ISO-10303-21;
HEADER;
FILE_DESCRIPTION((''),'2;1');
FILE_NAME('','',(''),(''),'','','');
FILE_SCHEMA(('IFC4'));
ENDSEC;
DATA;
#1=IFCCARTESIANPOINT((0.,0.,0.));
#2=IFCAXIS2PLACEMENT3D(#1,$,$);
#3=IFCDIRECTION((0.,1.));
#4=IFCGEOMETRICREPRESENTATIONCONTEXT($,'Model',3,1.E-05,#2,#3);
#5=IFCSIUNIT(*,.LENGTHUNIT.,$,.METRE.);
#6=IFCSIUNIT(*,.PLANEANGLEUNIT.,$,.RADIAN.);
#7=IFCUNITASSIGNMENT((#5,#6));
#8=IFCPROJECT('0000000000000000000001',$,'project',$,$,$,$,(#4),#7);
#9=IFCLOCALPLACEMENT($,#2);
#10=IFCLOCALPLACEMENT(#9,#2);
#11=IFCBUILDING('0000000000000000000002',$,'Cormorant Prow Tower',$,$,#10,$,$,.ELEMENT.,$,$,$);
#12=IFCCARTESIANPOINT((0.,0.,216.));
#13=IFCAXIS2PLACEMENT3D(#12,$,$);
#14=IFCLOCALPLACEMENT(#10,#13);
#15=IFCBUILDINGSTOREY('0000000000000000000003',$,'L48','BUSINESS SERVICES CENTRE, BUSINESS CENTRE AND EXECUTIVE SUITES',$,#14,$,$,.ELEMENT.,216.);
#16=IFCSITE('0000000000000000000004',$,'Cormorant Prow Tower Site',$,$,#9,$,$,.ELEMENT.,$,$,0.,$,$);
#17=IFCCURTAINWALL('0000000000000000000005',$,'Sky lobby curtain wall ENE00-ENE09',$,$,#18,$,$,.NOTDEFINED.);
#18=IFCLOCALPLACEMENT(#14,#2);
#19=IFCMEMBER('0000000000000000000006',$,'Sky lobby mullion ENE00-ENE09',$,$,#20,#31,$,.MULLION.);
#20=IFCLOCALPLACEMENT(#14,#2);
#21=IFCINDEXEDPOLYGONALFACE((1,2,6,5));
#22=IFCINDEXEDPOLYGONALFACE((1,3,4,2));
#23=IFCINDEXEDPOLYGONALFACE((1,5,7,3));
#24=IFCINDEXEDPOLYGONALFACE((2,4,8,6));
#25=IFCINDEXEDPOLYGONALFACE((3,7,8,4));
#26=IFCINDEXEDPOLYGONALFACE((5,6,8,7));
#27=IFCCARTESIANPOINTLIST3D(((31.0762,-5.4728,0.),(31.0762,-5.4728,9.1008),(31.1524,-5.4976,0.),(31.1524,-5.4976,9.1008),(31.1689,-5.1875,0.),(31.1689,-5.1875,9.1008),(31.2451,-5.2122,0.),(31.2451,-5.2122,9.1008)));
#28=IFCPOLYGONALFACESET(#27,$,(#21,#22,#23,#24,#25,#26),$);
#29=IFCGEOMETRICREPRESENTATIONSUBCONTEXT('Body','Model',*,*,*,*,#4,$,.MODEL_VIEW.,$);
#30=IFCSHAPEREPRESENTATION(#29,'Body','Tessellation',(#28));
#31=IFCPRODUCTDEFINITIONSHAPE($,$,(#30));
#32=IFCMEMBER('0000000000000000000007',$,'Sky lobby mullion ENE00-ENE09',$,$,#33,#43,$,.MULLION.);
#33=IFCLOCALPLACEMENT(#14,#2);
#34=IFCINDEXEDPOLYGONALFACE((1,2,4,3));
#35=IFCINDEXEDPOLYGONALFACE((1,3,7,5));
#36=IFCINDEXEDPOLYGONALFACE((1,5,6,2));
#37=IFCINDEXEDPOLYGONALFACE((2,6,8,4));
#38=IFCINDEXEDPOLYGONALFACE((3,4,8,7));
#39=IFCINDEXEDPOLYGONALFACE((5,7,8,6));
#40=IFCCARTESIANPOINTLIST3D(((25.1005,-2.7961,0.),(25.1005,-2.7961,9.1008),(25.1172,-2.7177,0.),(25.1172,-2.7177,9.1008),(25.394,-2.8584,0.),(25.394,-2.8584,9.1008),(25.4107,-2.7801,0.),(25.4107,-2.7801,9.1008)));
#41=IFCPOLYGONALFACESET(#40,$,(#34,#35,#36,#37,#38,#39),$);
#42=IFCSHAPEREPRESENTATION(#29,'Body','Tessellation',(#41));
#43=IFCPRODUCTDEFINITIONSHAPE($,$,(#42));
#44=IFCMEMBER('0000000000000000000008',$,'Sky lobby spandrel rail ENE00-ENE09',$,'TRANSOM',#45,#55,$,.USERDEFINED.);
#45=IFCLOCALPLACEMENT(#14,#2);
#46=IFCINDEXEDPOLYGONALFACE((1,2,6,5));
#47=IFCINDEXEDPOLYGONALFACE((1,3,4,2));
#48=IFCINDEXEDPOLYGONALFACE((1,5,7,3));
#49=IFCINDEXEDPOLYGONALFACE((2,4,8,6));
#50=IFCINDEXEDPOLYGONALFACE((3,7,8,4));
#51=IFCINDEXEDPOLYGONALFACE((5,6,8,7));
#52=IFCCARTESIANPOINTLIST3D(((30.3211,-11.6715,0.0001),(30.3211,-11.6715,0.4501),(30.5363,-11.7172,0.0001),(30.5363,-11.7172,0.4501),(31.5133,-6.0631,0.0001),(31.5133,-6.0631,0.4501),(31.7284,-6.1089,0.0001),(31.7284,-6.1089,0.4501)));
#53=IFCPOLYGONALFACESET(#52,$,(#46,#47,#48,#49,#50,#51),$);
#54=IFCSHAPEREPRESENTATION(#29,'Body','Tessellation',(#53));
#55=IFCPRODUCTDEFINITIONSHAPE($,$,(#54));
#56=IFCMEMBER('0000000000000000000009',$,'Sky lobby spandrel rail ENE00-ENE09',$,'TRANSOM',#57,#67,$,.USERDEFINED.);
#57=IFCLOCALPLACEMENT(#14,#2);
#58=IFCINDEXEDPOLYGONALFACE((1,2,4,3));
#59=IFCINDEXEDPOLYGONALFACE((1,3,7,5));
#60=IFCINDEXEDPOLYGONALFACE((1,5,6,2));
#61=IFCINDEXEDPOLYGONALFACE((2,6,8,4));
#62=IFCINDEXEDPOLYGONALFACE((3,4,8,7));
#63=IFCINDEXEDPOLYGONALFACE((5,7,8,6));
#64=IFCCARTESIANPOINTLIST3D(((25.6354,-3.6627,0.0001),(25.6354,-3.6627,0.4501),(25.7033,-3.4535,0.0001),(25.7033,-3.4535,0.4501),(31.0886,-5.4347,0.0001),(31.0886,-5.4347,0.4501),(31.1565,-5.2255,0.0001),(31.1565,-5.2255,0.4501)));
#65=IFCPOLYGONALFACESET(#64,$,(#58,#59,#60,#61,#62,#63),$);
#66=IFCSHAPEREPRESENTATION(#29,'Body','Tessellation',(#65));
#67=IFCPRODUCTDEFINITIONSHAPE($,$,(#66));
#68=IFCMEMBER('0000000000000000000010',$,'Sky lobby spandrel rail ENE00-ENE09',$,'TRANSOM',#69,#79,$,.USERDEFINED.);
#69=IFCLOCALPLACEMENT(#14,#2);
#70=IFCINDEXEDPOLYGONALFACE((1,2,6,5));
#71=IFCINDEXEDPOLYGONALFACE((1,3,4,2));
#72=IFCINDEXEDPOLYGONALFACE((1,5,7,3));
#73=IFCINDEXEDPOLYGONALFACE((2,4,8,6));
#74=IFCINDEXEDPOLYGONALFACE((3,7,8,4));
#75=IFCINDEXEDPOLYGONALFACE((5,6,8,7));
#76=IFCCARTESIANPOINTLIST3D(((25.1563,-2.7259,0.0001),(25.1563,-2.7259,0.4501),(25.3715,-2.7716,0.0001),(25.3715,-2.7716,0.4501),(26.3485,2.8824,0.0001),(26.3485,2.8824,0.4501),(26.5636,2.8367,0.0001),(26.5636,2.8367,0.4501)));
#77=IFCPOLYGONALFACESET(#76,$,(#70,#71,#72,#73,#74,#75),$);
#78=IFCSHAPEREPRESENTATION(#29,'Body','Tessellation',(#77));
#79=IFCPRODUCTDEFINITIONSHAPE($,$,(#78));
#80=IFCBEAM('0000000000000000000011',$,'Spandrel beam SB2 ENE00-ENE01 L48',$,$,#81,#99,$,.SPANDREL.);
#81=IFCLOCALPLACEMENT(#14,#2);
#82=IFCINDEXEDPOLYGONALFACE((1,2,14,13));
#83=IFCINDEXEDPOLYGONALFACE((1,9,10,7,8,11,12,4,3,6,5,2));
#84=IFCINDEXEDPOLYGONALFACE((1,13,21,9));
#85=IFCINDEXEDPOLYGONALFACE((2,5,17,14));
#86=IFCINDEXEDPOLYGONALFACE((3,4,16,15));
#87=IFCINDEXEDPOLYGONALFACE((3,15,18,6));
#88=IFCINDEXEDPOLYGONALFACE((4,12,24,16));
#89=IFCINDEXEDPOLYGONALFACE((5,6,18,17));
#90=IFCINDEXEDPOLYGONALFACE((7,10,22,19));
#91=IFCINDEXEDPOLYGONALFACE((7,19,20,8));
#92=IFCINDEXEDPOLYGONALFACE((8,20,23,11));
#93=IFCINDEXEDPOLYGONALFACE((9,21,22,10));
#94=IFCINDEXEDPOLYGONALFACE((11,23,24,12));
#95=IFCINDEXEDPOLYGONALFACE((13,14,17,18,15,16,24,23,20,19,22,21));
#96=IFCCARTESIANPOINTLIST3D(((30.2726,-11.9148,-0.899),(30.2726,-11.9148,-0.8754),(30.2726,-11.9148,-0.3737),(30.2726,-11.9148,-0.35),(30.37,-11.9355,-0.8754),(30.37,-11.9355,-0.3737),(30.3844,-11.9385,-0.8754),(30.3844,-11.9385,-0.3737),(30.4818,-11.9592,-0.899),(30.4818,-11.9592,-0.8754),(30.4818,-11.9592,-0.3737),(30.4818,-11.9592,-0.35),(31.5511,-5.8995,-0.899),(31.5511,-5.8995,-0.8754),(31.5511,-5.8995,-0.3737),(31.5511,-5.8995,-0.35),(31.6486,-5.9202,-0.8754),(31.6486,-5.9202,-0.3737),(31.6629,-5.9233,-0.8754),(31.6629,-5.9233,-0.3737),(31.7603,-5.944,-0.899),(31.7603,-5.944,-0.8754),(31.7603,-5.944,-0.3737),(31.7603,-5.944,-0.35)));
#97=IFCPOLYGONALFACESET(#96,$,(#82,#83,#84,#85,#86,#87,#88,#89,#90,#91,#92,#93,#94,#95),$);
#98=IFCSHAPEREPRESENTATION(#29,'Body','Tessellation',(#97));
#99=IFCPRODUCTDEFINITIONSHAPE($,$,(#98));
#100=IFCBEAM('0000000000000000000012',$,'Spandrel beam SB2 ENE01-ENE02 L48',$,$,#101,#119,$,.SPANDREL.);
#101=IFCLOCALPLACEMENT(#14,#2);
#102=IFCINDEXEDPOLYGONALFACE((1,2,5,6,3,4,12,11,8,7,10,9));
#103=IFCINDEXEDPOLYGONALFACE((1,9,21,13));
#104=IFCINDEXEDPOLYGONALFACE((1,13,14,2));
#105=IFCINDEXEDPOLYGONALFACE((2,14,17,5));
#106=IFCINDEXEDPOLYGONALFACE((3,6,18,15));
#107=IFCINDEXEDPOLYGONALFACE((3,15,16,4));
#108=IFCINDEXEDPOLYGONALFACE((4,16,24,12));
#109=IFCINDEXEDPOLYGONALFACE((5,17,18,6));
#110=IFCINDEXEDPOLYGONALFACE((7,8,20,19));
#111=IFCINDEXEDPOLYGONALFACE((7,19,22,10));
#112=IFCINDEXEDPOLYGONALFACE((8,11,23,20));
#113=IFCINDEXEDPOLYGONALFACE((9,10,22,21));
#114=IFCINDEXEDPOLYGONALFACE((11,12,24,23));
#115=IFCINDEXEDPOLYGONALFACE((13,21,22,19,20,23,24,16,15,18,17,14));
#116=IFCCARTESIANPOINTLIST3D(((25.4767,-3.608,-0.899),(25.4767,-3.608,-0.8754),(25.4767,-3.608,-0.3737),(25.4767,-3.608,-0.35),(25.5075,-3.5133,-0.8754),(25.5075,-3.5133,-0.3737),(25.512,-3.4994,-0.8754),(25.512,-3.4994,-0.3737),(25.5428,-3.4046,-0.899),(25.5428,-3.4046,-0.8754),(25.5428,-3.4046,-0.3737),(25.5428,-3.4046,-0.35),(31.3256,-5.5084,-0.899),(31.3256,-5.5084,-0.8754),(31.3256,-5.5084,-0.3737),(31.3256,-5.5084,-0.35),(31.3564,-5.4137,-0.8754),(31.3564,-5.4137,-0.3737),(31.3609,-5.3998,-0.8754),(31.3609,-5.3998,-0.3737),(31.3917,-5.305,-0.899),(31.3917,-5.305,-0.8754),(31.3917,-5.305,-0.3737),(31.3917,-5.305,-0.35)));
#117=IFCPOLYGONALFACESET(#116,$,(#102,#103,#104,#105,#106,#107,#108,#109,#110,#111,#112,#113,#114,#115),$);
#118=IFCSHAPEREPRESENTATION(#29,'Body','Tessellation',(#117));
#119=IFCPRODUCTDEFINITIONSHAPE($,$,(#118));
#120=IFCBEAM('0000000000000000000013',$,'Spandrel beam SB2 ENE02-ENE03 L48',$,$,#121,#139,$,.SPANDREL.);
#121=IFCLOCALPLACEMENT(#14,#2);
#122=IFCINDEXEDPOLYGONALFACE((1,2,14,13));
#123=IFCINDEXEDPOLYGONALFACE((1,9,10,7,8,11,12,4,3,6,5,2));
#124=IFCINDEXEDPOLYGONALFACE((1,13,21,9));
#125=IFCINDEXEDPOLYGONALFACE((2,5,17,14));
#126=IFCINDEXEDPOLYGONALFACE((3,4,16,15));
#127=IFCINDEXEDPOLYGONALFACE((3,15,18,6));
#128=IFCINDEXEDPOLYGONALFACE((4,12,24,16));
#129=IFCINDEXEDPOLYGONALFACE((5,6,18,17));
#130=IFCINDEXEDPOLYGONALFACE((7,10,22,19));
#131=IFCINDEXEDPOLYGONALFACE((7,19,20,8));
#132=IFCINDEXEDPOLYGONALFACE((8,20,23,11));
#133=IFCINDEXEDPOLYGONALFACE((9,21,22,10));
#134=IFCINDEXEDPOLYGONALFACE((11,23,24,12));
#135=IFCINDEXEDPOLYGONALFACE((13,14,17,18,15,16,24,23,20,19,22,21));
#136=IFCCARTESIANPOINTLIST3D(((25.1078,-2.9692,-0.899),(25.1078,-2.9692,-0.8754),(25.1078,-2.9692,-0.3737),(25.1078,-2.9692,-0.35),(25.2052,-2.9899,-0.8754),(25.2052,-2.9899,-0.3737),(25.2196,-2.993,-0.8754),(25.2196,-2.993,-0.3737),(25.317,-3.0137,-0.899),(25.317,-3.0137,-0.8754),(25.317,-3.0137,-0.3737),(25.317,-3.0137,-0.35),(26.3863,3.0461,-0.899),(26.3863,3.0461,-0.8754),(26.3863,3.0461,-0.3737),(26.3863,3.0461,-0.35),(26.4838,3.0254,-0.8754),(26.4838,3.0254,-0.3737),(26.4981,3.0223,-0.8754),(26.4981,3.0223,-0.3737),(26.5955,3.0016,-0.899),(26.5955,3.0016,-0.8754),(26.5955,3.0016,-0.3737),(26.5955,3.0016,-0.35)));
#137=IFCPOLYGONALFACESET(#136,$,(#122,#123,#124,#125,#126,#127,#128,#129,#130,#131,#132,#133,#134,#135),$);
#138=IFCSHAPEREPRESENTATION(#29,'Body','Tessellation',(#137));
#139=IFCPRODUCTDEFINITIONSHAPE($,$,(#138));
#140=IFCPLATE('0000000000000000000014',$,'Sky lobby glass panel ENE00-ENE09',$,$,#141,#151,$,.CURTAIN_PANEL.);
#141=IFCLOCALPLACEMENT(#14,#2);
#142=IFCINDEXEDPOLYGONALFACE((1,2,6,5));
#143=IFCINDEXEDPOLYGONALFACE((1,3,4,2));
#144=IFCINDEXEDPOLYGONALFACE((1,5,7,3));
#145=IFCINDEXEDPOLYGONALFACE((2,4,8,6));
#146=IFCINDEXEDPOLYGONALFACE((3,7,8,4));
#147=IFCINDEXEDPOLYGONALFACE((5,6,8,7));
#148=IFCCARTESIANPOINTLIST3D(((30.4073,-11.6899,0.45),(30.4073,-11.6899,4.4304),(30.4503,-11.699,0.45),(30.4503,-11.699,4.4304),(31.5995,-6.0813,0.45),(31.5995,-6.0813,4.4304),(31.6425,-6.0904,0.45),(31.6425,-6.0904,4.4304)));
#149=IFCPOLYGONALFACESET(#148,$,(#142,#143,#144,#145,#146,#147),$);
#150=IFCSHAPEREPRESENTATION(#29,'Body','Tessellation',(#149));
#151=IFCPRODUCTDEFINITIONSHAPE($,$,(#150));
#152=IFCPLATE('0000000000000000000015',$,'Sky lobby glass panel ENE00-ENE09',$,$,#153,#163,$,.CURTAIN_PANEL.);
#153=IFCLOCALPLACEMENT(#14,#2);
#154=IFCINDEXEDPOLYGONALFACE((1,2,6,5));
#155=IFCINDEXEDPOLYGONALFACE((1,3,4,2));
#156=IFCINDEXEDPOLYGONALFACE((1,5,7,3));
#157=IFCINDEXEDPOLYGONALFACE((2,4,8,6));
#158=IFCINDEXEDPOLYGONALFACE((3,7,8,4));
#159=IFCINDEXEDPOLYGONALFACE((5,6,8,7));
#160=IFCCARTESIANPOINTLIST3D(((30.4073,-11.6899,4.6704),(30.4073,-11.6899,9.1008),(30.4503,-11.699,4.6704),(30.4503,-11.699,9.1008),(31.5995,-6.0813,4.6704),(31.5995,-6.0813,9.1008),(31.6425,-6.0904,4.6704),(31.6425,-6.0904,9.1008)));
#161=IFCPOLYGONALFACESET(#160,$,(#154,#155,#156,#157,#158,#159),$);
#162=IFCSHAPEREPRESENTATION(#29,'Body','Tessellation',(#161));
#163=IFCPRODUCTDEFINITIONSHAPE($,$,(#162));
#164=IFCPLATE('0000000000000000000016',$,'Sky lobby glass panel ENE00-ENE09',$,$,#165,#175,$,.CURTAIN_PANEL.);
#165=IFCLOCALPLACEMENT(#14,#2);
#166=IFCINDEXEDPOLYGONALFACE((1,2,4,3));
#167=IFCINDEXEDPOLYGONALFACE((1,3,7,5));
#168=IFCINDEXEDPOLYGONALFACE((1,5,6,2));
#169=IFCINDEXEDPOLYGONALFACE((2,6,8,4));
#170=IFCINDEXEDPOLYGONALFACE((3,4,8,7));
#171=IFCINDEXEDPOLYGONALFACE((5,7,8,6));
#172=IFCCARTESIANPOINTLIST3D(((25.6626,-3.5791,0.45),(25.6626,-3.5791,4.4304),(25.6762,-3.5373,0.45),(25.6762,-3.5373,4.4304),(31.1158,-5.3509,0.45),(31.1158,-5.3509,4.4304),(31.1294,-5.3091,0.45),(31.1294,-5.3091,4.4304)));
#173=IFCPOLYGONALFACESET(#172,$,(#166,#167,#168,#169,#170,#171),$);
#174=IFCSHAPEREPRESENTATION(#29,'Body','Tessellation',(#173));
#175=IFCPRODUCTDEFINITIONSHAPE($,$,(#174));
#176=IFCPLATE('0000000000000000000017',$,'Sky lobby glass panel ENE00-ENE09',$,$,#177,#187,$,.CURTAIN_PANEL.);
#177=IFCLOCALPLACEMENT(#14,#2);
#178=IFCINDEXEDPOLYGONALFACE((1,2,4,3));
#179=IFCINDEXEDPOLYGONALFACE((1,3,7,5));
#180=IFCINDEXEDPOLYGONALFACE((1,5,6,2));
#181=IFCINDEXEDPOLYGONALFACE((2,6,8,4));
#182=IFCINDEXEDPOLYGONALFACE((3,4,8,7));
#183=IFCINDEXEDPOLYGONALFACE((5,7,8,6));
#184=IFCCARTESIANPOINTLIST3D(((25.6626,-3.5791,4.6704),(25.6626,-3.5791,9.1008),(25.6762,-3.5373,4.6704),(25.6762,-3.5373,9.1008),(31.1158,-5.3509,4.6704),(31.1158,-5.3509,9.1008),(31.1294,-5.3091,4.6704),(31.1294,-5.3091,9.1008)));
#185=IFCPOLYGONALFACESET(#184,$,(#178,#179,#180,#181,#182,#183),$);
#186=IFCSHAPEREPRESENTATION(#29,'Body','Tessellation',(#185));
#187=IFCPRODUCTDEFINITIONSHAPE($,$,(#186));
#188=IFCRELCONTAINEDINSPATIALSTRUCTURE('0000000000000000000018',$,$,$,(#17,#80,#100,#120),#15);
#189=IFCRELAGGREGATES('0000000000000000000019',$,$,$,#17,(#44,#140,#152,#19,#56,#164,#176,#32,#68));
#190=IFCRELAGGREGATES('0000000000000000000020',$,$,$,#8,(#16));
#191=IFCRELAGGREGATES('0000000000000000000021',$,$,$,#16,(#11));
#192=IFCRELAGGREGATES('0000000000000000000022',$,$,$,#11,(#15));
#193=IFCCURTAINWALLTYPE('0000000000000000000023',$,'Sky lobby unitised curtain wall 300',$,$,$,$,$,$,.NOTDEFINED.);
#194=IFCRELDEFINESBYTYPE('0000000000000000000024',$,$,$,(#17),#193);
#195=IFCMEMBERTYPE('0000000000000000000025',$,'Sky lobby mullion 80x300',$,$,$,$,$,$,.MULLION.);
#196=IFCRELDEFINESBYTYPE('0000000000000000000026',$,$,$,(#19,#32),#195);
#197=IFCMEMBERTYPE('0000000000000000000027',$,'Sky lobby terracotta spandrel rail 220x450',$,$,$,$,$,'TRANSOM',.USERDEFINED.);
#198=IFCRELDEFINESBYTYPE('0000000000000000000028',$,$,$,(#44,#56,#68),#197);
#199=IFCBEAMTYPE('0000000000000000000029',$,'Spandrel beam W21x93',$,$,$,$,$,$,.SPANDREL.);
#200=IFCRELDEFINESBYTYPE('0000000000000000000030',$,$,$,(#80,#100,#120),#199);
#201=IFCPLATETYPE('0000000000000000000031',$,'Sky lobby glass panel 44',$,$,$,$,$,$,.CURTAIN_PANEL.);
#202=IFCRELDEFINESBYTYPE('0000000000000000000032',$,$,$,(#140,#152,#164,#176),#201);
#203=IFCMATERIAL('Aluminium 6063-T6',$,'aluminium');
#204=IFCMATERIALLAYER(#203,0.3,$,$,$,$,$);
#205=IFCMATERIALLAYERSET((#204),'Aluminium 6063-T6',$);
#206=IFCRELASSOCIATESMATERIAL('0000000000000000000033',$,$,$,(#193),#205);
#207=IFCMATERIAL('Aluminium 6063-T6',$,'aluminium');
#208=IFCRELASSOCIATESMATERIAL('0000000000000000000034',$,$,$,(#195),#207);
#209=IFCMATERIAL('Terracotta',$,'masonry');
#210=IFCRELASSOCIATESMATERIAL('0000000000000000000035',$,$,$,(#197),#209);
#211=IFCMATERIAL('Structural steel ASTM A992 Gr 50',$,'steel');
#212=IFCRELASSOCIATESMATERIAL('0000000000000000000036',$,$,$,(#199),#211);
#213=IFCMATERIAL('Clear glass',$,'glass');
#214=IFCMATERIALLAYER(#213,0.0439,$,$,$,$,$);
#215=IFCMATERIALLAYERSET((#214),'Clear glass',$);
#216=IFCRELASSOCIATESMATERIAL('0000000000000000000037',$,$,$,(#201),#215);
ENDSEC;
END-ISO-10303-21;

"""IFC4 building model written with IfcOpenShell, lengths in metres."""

from ifc_helpers import new_model, si_unit, direction, frame, origin, origin_2d, place, context, subcontext, project, spatial, rectangle, i_section, extrude, material, layer, layer_set, material_profile, profile_set, type_object, element, aggregate, save


model = new_model("IFC4")

# Units and contexts
model_context = context("Model", 3, precision=1e-05, world=origin(), true_north=direction((0.0, 1.0)))
body_context = subcontext(model_context, "Body", "Model", "MODEL_VIEW")
ifc_project = project(units=[si_unit("LENGTHUNIT", "METRE"), si_unit("PLANEANGLEUNIT", "RADIAN")], contexts=[model_context])

# Site, building, storey
site_placement = place(None, origin())
site = spatial("IfcSite", under=ifc_project, at=site_placement, Name="Cormorant Prow Tower Site", CompositionType="ELEMENT", RefElevation=0.0)
building_placement = place(site_placement, origin())
building = spatial("IfcBuilding", under=site, at=building_placement, Name="Cormorant Prow Tower", CompositionType="ELEMENT")
storey_placement = place(building_placement, frame((0.0, 0.0, 216.0)))
storey = spatial("IfcBuildingStorey", under=building, at=storey_placement, Name="L48", Description="BUSINESS SERVICES CENTRE, BUSINESS CENTRE AND EXECUTIVE SUITES", CompositionType="ELEMENT", Elevation=216.0)

# Curtain wall, members
ifc_material_1 = material(Name="Aluminium 6063-T6", Category="aluminium")
ifc_layer_1 = layer(ifc_material_1, 0.3)
ifc_layer_set_1 = layer_set([ifc_layer_1], Name="Aluminium 6063-T6")
curtain_wall_type = type_object("IfcCurtainWallType", Name="Sky lobby unitised curtain wall 300", PredefinedType="NOTDEFINED", material=ifc_layer_set_1)
curtain_wall_placement = place(storey_placement, origin())
curtain_wall = element("IfcCurtainWall", 1, at=curtain_wall_placement, inside=storey, type_object=curtain_wall_type, Name="Sky lobby curtain wall ENE00-ENE09", PredefinedType="NOTDEFINED")
ifc_material_2 = material(Name="Aluminium 6063-T6", Category="aluminium")
ifc_material_profile_1 = material_profile(ifc_material_2, rectangle(XDim=0.3, YDim=0.0801, at=origin_2d()), Name="Sky lobby mullion 80x300")
ifc_profile_set_1 = profile_set([ifc_material_profile_1], Name="Aluminium 6063-T6")
member_type_1 = type_object("IfcMemberType", Name="Sky lobby mullion 80x300", PredefinedType="MULLION", material=ifc_profile_set_1)
member_1_placement = place(storey_placement, frame((31.1606, -5.3425, 0.0), z_axis=(0.0, 0.0, 1.0), x_axis=(-0.309017, -0.951057, 0.0)))
member_1 = element("IfcMember", 2, at=member_1_placement, type_object=member_type_1, Name="Sky lobby mullion ENE00-ENE09", PredefinedType="MULLION", context=body_context, shape_type="SweptSolid", body=[
    extrude(rectangle(XDim=0.3, YDim=0.0801, at=origin_2d()), origin(), (0.0, 0.0, 1.0), 9.1008),
])
member_2_placement = place(storey_placement, frame((25.2556, -2.7881, 0.0), z_axis=(0.0, 0.0, 1.0), x_axis=(-0.978148, 0.207912, 0.0)))
member_2 = element("IfcMember", 3, at=member_2_placement, type_object=member_type_1, Name="Sky lobby mullion ENE00-ENE09", PredefinedType="MULLION", context=body_context, shape_type="SweptSolid", body=[
    extrude(rectangle(XDim=0.3, YDim=0.0801, at=origin_2d()), origin(), (0.0, 0.0, 1.0), 9.1008),
])
ifc_material_3 = material(Name="Terracotta", Category="masonry")
ifc_material_profile_2 = material_profile(ifc_material_3, rectangle(XDim=0.22, YDim=0.45, at=origin_2d()), Name="Sky lobby terracotta spandrel rail 220x450")
ifc_profile_set_2 = profile_set([ifc_material_profile_2], Name="Terracotta")
member_type_2 = type_object("IfcMemberType", Name="Sky lobby terracotta spandrel rail 220x450", ElementType="TRANSOM", PredefinedType="USERDEFINED", material=ifc_profile_set_2)
member_3_placement = place(storey_placement, frame((30.4287, -11.6943, 0.2251), z_axis=(0.207918, 0.978146, 0.0), x_axis=(-0.978146, 0.207918, 0.0)))
member_3 = element("IfcMember", 4, at=member_3_placement, type_object=member_type_2, Name="Sky lobby spandrel rail ENE00-ENE09", ObjectType="TRANSOM", PredefinedType="USERDEFINED", context=body_context, shape_type="SweptSolid", body=[
    extrude(rectangle(XDim=0.22, YDim=0.45, at=origin_2d()), origin(), (0.0, 0.0, 1.0), 5.7336),
])
member_4_placement = place(storey_placement, frame((31.1226, -5.3301, 0.2251), z_axis=(-0.951049, 0.30904, 0.0), x_axis=(-0.30904, -0.951049, 0.0)))
member_4 = element("IfcMember", 5, at=member_4_placement, type_object=member_type_2, Name="Sky lobby spandrel rail ENE00-ENE09", ObjectType="TRANSOM", PredefinedType="USERDEFINED", context=body_context, shape_type="SweptSolid", body=[
    extrude(rectangle(XDim=0.22, YDim=0.45, at=origin_2d()), origin(), (0.0, 0.0, 1.0), 5.7339),
])
member_5_placement = place(storey_placement, frame((25.2639, -2.7488, 0.2251), z_axis=(0.207918, 0.978146, 0.0), x_axis=(-0.978146, 0.207918, 0.0)))
member_5 = element("IfcMember", 6, at=member_5_placement, type_object=member_type_2, Name="Sky lobby spandrel rail ENE00-ENE09", ObjectType="TRANSOM", PredefinedType="USERDEFINED", context=body_context, shape_type="SweptSolid", body=[
    extrude(rectangle(XDim=0.22, YDim=0.45, at=origin_2d()), origin(), (0.0, 0.0, 1.0), 5.7336),
])

# Beams
ifc_material_4 = material(Name="Structural steel ASTM A992 Gr 50", Category="steel")
ifc_material_profile_3 = material_profile(ifc_material_4, i_section(OverallWidth=0.2139, OverallDepth=0.5491, WebThickness=0.0146, FlangeThickness=0.0237, at=origin_2d()), Name="W21x93")
ifc_profile_set_3 = profile_set([ifc_material_profile_3], Name="Structural steel ASTM A992 Gr 50")
beam_type_1 = type_object("IfcBeamType", Name="Spandrel beam W21x93", PredefinedType="SPANDREL", material=ifc_profile_set_3)
beam_1_placement = place(storey_placement, frame((30.3772, -11.937, -0.6245), z_axis=(0.207905, 0.978149, 0.0), x_axis=(-0.978149, 0.207905, 0.0)))
element("IfcBeam", 7, at=beam_1_placement, inside=storey, type_object=beam_type_1, Name="Spandrel beam SB2 ENE00-ENE01 L48", PredefinedType="SPANDREL", context=body_context, shape_type="SweptSolid", body=[
    extrude(i_section(OverallWidth=0.2139, OverallDepth=0.5491, WebThickness=0.0146, FlangeThickness=0.0237, at=origin_2d()), origin(), (0.0, 0.0, 1.0), 6.1497),
])
beam_2_placement = place(storey_placement, frame((31.3586, -5.4067, -0.6245), z_axis=(-0.951058, 0.309013, 0.0), x_axis=(-0.309013, -0.951058, 0.0)))
element("IfcBeam", 8, at=beam_2_placement, inside=storey, type_object=beam_type_1, Name="Spandrel beam SB2 ENE01-ENE02 L48", PredefinedType="SPANDREL", context=body_context, shape_type="SweptSolid", body=[
    extrude(i_section(OverallWidth=0.2139, OverallDepth=0.5491, WebThickness=0.0146, FlangeThickness=0.0237, at=origin_2d()), origin(), (0.0, 0.0, 1.0), 6.1499),
])
beam_3_placement = place(storey_placement, frame((25.2124, -2.9915, -0.6245), z_axis=(0.207905, 0.978149, 0.0), x_axis=(-0.978149, 0.207905, 0.0)))
element("IfcBeam", 9, at=beam_3_placement, inside=storey, type_object=beam_type_1, Name="Spandrel beam SB2 ENE02-ENE03 L48", PredefinedType="SPANDREL", context=body_context, shape_type="SweptSolid", body=[
    extrude(i_section(OverallWidth=0.2139, OverallDepth=0.5491, WebThickness=0.0146, FlangeThickness=0.0237, at=origin_2d()), origin(), (0.0, 0.0, 1.0), 6.1497),
])

# Plates
ifc_material_5 = material(Name="Clear glass", Category="glass")
ifc_layer_2 = layer(ifc_material_5, 0.0439)
ifc_layer_set_2 = layer_set([ifc_layer_2], Name="Clear glass")
plate_type = type_object("IfcPlateType", Name="Sky lobby glass panel 44", PredefinedType="CURTAIN_PANEL", material=ifc_layer_set_2)
plate_1_placement = place(storey_placement, frame((31.0249, -8.8901, 0.45), z_axis=(0.0, 0.0, 1.0), x_axis=(0.207912, 0.978148, 0.0)))
plate_1 = element("IfcPlate", 10, at=plate_1_placement, type_object=plate_type, Name="Sky lobby glass panel ENE00-ENE09", PredefinedType="CURTAIN_PANEL", context=body_context, shape_type="SweptSolid", body=[
    extrude(rectangle(XDim=5.7339, YDim=0.0439, at=origin_2d()), origin(), (0.0, 0.0, 1.0), 3.9805),
])
plate_2_placement = place(storey_placement, frame((31.0249, -8.8901, 4.6704), z_axis=(0.0, 0.0, 1.0), x_axis=(0.207912, 0.978148, 0.0)))
plate_2 = element("IfcPlate", 11, at=plate_2_placement, type_object=plate_type, Name="Sky lobby glass panel ENE00-ENE09", PredefinedType="CURTAIN_PANEL", context=body_context, shape_type="SweptSolid", body=[
    extrude(rectangle(XDim=5.7339, YDim=0.0439, at=origin_2d()), origin(), (0.0, 0.0, 1.0), 4.4304),
])
plate_3_placement = place(storey_placement, frame((28.396, -4.4441, 0.45), z_axis=(0.0, 0.0, 1.0), x_axis=(-0.951057, 0.309017, 0.0)))
plate_3 = element("IfcPlate", 12, at=plate_3_placement, type_object=plate_type, Name="Sky lobby glass panel ENE00-ENE09", PredefinedType="CURTAIN_PANEL", context=body_context, shape_type="SweptSolid", body=[
    extrude(rectangle(XDim=5.7339, YDim=0.0439, at=origin_2d()), origin(), (0.0, 0.0, 1.0), 3.9805),
])
plate_4_placement = place(storey_placement, frame((28.396, -4.4441, 4.6704), z_axis=(0.0, 0.0, 1.0), x_axis=(-0.951057, 0.309017, 0.0)))
plate_4 = element("IfcPlate", 13, at=plate_4_placement, type_object=plate_type, Name="Sky lobby glass panel ENE00-ENE09", PredefinedType="CURTAIN_PANEL", context=body_context, shape_type="SweptSolid", body=[
    extrude(rectangle(XDim=5.7339, YDim=0.0439, at=origin_2d()), origin(), (0.0, 0.0, 1.0), 4.4304),
])
aggregate(curtain_wall, [member_3, plate_1, plate_2, member_1, member_4, plate_3, plate_4, member_2, member_5])

save(model, "model.ifc")
